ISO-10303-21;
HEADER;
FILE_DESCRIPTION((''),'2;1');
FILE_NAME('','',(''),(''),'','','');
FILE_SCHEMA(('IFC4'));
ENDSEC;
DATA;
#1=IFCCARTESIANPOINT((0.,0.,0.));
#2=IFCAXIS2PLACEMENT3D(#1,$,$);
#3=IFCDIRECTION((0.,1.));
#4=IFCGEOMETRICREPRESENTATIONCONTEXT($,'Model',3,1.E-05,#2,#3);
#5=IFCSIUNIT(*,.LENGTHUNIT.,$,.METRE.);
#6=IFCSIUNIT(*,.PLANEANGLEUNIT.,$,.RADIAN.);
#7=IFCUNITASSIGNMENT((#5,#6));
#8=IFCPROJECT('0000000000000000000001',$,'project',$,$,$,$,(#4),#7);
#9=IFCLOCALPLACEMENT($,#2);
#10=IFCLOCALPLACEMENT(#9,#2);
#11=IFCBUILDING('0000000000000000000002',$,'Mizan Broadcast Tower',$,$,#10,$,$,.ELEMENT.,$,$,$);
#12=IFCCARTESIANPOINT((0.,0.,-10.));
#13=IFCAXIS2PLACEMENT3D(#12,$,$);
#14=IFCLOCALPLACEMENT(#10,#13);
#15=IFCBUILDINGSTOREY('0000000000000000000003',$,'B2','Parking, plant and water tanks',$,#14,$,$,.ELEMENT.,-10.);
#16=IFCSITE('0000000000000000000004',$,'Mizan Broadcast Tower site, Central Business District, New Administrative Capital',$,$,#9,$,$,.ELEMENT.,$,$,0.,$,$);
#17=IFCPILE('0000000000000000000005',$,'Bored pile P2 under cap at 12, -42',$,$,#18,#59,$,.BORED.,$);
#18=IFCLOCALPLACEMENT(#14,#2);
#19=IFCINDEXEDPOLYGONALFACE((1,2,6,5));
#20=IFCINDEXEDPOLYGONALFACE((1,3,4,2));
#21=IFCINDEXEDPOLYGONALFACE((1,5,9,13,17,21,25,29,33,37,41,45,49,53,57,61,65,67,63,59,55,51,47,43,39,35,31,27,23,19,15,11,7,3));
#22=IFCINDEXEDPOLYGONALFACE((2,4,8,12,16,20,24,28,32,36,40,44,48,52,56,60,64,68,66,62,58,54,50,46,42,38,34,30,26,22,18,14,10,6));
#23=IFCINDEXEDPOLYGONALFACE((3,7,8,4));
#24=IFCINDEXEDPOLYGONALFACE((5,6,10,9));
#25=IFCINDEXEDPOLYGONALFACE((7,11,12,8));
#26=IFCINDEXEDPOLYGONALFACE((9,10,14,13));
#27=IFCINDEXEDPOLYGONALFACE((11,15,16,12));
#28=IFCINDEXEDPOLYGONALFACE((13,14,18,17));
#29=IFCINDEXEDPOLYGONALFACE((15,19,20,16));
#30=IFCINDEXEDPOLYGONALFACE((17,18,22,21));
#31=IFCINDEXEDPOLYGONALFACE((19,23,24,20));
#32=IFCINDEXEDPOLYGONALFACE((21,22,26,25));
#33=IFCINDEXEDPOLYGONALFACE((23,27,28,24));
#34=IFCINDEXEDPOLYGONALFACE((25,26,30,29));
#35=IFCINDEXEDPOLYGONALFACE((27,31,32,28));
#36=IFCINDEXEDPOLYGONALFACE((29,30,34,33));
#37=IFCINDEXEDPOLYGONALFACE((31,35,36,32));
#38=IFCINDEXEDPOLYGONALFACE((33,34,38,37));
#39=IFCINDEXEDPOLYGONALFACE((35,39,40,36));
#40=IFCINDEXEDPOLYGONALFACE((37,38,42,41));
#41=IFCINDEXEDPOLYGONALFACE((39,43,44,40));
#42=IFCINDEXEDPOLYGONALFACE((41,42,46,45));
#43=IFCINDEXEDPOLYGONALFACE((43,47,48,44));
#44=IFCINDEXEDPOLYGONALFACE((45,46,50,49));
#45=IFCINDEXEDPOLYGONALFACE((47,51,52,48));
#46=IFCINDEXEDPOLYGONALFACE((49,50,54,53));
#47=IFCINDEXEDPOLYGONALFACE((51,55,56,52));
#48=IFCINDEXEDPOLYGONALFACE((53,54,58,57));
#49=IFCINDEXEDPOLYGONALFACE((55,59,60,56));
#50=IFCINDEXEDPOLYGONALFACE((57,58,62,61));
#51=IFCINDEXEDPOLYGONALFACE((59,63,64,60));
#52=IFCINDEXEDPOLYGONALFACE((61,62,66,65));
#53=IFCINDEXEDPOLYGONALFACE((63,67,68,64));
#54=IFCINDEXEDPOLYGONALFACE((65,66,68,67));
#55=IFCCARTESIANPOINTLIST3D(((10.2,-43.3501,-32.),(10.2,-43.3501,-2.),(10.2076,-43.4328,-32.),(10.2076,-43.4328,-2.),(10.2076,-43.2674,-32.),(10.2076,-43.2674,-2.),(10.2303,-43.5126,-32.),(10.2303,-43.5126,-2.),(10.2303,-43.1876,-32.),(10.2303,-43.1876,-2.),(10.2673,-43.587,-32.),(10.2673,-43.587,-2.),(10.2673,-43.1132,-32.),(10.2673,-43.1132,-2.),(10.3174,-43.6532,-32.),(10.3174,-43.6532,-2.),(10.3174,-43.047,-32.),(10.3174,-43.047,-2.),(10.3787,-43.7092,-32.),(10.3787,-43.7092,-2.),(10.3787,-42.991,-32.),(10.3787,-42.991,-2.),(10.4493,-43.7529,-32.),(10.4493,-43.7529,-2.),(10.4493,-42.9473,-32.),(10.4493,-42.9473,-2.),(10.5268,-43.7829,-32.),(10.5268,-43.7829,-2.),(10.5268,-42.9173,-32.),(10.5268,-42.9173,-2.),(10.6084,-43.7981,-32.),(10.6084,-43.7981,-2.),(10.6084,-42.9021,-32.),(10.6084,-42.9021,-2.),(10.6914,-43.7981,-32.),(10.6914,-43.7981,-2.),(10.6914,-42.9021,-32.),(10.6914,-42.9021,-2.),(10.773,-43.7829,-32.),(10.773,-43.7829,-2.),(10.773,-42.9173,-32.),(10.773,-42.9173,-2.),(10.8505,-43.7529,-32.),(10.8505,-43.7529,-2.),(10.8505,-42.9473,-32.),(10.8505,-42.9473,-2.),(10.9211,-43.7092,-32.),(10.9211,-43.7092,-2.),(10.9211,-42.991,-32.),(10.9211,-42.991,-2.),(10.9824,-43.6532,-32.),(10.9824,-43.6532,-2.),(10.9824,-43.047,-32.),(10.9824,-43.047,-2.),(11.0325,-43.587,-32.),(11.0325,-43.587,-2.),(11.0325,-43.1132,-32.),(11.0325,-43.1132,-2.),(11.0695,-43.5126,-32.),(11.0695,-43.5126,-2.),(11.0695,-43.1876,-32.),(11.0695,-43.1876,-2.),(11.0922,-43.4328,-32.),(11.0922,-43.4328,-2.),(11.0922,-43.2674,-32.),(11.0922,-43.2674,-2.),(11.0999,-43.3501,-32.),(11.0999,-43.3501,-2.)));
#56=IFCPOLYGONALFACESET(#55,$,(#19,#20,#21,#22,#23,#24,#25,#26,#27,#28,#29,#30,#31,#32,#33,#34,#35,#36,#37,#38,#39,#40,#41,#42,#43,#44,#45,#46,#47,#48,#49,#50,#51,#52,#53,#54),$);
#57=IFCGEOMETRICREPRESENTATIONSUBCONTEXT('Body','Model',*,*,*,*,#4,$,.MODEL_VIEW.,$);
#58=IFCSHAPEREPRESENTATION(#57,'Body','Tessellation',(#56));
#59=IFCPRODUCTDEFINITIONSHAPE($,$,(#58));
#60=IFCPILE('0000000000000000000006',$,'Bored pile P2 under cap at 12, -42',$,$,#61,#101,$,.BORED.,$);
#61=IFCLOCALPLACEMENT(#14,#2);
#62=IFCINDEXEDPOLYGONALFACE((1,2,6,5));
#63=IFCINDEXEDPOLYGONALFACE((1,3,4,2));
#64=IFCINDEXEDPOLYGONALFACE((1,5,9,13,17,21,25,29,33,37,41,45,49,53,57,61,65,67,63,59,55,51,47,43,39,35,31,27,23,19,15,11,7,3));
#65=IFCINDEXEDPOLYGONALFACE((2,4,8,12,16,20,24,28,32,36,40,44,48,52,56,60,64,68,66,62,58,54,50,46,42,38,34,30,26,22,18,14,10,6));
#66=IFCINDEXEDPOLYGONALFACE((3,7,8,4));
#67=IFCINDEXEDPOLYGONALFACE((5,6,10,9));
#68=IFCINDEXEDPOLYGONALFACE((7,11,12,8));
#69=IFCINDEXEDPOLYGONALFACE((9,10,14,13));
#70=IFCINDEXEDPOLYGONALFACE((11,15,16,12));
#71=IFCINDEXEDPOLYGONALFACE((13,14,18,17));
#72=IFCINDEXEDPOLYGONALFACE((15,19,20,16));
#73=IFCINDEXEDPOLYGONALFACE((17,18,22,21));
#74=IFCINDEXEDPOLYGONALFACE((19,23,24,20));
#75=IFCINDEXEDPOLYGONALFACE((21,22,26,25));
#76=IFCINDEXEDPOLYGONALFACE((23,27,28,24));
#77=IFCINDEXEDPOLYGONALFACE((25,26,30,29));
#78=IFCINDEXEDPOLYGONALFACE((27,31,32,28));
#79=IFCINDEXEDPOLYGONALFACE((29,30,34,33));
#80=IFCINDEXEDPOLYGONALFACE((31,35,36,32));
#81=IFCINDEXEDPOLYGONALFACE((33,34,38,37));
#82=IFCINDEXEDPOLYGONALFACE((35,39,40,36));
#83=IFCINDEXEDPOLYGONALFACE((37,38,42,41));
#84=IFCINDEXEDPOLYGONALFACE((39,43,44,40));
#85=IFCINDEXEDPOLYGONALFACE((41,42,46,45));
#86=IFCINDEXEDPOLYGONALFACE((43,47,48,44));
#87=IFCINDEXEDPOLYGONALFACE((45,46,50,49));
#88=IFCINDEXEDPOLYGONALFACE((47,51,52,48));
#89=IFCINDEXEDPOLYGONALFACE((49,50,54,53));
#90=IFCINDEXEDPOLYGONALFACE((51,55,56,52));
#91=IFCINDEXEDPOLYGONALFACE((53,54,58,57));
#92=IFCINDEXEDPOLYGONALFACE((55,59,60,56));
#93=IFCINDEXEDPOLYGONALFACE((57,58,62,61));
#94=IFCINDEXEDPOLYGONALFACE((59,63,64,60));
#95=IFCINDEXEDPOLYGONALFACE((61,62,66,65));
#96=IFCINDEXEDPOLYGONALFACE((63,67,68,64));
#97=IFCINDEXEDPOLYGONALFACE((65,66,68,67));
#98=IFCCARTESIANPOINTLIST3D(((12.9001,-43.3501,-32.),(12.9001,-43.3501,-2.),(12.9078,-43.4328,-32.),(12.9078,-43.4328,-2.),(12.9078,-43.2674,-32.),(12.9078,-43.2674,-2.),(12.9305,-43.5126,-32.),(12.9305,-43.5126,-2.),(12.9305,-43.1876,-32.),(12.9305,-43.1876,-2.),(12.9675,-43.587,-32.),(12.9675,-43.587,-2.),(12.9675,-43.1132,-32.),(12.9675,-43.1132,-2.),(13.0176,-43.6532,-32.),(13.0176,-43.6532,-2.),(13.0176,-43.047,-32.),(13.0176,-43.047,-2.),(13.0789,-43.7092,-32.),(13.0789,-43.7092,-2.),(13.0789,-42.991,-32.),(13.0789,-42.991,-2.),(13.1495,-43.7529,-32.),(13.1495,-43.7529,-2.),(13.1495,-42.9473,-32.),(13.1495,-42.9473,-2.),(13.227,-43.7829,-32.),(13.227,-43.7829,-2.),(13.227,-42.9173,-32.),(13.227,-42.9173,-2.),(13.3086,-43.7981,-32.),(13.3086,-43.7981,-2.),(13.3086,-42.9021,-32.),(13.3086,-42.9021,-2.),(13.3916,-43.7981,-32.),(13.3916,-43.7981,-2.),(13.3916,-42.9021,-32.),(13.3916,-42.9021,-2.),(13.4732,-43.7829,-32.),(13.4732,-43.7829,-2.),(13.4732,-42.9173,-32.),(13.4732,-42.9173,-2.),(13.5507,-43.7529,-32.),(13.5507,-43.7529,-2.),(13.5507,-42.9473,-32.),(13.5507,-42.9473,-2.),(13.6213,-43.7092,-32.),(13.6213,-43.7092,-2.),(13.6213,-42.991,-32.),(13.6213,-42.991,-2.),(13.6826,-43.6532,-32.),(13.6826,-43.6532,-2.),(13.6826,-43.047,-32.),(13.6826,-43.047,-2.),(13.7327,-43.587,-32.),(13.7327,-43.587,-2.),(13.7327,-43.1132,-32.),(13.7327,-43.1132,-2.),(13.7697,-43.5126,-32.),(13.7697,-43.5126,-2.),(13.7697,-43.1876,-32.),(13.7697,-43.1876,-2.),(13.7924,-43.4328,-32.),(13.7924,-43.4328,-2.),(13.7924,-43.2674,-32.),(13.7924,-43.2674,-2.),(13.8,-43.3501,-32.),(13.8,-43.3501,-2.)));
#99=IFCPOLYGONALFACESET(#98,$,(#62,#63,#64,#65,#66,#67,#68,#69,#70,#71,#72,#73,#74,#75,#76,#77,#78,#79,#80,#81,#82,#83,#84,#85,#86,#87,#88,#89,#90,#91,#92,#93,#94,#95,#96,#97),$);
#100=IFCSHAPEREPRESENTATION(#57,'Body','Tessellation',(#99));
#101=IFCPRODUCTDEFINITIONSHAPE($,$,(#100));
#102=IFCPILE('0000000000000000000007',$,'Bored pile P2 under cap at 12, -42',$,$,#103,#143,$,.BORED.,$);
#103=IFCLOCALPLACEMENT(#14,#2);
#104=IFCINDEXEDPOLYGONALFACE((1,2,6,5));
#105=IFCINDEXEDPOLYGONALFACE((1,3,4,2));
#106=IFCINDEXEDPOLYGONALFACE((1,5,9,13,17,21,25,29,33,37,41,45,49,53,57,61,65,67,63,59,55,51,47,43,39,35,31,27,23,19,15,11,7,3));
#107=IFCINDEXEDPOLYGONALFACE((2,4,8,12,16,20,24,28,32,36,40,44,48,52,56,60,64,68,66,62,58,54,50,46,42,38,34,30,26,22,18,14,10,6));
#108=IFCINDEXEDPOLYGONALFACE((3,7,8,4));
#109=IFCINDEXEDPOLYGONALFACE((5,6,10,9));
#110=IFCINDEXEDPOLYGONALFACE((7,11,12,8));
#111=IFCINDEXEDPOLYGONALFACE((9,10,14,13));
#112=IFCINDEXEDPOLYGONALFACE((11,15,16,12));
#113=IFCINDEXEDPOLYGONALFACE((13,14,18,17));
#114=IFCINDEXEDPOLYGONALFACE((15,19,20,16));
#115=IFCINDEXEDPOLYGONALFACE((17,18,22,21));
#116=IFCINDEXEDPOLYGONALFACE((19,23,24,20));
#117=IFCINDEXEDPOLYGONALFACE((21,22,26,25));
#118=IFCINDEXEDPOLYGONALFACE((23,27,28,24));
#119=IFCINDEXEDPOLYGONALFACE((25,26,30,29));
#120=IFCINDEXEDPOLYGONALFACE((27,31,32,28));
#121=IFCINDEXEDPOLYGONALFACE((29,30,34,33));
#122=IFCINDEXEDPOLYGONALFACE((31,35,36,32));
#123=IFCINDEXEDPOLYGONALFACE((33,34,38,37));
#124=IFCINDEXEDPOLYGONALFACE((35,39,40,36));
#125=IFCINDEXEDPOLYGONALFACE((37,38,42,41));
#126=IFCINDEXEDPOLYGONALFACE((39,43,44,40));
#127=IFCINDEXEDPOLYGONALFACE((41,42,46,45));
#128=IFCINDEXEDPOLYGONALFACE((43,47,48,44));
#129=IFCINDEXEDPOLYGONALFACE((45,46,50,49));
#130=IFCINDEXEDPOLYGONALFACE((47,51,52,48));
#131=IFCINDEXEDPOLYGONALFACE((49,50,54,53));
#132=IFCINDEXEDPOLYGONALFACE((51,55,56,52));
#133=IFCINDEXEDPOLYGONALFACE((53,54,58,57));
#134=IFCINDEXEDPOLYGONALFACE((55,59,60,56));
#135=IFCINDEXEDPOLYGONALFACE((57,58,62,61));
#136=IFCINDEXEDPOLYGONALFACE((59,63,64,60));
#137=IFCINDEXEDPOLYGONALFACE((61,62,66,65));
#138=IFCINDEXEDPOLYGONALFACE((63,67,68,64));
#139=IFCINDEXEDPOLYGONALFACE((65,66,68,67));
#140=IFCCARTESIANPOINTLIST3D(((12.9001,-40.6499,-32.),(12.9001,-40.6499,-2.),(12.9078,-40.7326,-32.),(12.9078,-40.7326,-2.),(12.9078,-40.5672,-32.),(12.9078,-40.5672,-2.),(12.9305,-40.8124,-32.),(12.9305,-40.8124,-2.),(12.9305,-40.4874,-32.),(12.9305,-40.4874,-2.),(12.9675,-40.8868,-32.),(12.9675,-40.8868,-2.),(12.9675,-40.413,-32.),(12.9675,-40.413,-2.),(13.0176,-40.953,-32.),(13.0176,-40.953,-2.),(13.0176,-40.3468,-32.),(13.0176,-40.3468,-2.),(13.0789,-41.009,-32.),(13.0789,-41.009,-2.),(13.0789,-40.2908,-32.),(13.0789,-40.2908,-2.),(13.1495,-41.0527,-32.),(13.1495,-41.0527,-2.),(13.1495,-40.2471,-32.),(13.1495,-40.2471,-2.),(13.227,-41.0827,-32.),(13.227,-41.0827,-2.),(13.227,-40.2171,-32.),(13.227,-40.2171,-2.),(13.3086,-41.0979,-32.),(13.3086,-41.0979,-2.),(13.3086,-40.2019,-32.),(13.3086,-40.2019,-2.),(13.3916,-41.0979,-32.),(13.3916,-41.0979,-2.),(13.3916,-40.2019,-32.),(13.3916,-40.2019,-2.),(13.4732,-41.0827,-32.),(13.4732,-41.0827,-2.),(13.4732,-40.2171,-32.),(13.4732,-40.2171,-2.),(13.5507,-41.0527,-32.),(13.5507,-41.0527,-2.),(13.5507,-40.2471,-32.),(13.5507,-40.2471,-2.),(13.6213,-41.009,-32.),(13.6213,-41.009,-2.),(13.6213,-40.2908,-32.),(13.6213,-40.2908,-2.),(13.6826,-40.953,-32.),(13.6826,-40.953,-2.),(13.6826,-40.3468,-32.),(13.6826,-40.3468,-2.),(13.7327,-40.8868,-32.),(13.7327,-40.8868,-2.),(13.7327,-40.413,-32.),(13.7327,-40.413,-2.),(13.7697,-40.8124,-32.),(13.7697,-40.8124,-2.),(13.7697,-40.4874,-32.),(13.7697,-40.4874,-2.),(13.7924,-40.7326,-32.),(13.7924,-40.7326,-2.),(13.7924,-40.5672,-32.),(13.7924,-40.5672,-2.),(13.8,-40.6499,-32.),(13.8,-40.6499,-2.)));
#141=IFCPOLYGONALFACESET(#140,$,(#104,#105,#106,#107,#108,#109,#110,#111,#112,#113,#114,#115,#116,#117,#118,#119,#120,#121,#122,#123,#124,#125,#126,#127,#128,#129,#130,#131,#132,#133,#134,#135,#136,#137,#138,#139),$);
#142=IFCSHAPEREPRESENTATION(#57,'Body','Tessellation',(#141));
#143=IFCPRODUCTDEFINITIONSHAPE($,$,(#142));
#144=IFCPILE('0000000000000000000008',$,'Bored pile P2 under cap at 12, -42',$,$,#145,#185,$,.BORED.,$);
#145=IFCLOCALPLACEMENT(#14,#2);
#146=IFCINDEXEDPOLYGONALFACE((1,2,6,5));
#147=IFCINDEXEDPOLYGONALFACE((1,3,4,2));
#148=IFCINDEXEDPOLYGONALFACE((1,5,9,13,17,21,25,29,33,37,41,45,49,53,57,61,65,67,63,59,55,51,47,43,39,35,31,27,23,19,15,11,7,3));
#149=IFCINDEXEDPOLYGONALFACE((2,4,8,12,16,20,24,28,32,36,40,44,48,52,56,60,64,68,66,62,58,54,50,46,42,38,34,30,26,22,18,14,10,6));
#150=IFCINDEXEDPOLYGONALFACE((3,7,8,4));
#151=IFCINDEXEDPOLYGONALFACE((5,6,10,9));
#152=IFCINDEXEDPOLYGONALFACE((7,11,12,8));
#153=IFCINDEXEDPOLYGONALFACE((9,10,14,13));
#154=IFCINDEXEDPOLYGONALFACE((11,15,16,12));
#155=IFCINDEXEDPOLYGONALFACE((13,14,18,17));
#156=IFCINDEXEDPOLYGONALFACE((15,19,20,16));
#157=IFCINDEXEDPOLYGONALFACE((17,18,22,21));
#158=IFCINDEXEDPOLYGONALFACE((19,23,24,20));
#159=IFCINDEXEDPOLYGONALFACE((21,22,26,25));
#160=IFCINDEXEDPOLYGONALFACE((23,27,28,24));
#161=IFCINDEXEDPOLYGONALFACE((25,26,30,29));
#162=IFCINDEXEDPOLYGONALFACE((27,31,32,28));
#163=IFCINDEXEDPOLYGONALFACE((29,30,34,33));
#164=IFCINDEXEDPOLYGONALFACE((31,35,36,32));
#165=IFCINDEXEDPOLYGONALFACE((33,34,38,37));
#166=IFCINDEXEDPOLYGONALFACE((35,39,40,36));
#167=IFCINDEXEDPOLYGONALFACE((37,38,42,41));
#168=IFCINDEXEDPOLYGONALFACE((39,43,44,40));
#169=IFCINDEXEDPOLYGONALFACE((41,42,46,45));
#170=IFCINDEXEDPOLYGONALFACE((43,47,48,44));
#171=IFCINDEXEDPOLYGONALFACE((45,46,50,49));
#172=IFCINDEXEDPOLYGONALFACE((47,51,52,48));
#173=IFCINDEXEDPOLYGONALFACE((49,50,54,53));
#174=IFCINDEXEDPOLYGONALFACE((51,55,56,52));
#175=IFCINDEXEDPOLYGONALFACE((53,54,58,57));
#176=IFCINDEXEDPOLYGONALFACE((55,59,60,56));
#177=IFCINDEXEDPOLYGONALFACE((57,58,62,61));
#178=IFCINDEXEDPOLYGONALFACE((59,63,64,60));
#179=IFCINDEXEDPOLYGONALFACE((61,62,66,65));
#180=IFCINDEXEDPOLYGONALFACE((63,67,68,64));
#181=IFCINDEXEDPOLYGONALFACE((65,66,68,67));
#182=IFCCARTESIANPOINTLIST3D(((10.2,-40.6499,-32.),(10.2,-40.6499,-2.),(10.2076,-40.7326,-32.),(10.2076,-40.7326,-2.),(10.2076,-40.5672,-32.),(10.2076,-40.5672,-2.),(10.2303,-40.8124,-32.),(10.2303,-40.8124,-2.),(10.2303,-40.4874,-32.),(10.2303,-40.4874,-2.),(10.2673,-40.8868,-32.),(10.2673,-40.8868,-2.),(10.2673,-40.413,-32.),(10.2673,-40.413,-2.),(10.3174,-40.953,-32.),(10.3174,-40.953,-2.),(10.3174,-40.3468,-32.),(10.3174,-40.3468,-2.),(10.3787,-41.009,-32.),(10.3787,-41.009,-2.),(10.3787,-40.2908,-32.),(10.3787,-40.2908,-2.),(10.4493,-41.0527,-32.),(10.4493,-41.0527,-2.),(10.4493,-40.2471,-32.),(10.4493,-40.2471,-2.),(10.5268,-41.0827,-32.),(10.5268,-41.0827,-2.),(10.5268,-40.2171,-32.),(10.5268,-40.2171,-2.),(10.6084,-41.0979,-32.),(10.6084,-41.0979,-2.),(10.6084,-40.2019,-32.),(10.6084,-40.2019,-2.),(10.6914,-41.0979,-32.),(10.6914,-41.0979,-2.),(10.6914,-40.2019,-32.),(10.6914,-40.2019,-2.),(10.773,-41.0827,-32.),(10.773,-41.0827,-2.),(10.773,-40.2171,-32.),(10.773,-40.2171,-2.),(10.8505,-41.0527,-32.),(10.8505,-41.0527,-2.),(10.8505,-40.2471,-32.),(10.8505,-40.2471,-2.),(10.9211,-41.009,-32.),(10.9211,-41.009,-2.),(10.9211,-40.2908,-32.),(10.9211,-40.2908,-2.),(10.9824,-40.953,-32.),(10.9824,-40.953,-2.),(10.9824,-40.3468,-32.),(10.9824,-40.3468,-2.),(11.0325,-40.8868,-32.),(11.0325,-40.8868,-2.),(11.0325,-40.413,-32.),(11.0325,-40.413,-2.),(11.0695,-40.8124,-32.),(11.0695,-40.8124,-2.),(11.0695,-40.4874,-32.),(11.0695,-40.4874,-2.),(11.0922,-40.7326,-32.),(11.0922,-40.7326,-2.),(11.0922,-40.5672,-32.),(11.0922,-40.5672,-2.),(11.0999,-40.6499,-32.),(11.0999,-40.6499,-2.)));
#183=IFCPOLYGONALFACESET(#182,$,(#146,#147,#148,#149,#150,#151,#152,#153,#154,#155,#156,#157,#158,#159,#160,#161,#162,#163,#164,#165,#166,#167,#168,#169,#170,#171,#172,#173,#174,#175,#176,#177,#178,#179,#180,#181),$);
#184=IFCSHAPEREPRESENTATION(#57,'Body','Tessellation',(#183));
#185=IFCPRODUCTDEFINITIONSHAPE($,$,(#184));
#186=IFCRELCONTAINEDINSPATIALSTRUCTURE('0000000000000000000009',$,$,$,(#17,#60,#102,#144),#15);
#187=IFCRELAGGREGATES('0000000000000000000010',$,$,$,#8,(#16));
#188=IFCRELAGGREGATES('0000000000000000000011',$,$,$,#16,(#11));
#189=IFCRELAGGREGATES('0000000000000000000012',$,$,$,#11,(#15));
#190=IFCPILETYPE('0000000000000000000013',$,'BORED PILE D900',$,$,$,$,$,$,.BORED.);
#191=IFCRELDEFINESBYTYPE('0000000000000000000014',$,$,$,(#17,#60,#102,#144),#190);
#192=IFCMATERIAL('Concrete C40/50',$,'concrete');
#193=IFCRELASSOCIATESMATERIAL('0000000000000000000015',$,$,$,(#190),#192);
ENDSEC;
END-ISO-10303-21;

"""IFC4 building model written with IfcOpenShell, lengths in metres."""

from ifc_helpers import new_model, si_unit, direction, frame, origin, origin_2d, place, context, subcontext, project, spatial, circle, extrude, material, material_profile, profile_set, type_object, element, save


model = new_model("IFC4")

# Units and contexts
model_context = context("Model", 3, precision=1e-05, world=origin(), true_north=direction((0.0, 1.0)))
body_context = subcontext(model_context, "Body", "Model", "MODEL_VIEW")
ifc_project = project(units=[si_unit("LENGTHUNIT", "METRE"), si_unit("PLANEANGLEUNIT", "RADIAN")], contexts=[model_context])

# Site, building, storey
site_placement = place(None, origin())
site = spatial("IfcSite", under=ifc_project, at=site_placement, Name="Mizan Broadcast Tower site, Central Business District, New Administrative Capital", CompositionType="ELEMENT", RefElevation=0.0)
building_placement = place(site_placement, origin())
building = spatial("IfcBuilding", under=site, at=building_placement, Name="Mizan Broadcast Tower", CompositionType="ELEMENT")
storey_placement = place(building_placement, frame((0.0, 0.0, -10.0)))
storey = spatial("IfcBuildingStorey", under=building, at=storey_placement, Name="B2", Description="Parking, plant and water tanks", CompositionType="ELEMENT", Elevation=-10.0)

# Piles
ifc_material_1 = material(Name="Concrete C40/50", Category="concrete")
ifc_material_profile_1 = material_profile(ifc_material_1, circle(Radius=0.45, at=origin_2d()), Name="D900")
ifc_profile_set_1 = profile_set([ifc_material_profile_1], Name="Concrete C40/50")
pile_type_1 = type_object("IfcPileType", Name="BORED PILE D900", PredefinedType="BORED", material=ifc_profile_set_1)
for number, where, z_axis, x_axis, name in (
    (1, (10.6499, -43.3501, -2.0), (0.0, 0.0, -1.0), (1.0, 0.0, 0.0), "Bored pile P2 under cap at 12, -42"),
    (2, (13.3501, -43.3501, -2.0), (0.0, 0.0, -1.0), (1.0, 0.0, 0.0), "Bored pile P2 under cap at 12, -42"),
    (3, (13.3501, -40.6499, -2.0), (0.0, 0.0, -1.0), (1.0, 0.0, 0.0), "Bored pile P2 under cap at 12, -42"),
    (4, (10.6499, -40.6499, -2.0), (0.0, 0.0, -1.0), (1.0, 0.0, 0.0), "Bored pile P2 under cap at 12, -42"),
):
    element("IfcPile", number, at=place(storey_placement, frame(where, z_axis=z_axis, x_axis=x_axis)), inside=storey, type_object=pile_type_1, Name=name, PredefinedType="BORED", context=body_context, shape_type="SweptSolid", body=[
        extrude(circle(Radius=0.45, at=origin_2d()), origin(), (0.0, 0.0, 1.0), 30.0),
    ])

save(model, "model.ifc")
